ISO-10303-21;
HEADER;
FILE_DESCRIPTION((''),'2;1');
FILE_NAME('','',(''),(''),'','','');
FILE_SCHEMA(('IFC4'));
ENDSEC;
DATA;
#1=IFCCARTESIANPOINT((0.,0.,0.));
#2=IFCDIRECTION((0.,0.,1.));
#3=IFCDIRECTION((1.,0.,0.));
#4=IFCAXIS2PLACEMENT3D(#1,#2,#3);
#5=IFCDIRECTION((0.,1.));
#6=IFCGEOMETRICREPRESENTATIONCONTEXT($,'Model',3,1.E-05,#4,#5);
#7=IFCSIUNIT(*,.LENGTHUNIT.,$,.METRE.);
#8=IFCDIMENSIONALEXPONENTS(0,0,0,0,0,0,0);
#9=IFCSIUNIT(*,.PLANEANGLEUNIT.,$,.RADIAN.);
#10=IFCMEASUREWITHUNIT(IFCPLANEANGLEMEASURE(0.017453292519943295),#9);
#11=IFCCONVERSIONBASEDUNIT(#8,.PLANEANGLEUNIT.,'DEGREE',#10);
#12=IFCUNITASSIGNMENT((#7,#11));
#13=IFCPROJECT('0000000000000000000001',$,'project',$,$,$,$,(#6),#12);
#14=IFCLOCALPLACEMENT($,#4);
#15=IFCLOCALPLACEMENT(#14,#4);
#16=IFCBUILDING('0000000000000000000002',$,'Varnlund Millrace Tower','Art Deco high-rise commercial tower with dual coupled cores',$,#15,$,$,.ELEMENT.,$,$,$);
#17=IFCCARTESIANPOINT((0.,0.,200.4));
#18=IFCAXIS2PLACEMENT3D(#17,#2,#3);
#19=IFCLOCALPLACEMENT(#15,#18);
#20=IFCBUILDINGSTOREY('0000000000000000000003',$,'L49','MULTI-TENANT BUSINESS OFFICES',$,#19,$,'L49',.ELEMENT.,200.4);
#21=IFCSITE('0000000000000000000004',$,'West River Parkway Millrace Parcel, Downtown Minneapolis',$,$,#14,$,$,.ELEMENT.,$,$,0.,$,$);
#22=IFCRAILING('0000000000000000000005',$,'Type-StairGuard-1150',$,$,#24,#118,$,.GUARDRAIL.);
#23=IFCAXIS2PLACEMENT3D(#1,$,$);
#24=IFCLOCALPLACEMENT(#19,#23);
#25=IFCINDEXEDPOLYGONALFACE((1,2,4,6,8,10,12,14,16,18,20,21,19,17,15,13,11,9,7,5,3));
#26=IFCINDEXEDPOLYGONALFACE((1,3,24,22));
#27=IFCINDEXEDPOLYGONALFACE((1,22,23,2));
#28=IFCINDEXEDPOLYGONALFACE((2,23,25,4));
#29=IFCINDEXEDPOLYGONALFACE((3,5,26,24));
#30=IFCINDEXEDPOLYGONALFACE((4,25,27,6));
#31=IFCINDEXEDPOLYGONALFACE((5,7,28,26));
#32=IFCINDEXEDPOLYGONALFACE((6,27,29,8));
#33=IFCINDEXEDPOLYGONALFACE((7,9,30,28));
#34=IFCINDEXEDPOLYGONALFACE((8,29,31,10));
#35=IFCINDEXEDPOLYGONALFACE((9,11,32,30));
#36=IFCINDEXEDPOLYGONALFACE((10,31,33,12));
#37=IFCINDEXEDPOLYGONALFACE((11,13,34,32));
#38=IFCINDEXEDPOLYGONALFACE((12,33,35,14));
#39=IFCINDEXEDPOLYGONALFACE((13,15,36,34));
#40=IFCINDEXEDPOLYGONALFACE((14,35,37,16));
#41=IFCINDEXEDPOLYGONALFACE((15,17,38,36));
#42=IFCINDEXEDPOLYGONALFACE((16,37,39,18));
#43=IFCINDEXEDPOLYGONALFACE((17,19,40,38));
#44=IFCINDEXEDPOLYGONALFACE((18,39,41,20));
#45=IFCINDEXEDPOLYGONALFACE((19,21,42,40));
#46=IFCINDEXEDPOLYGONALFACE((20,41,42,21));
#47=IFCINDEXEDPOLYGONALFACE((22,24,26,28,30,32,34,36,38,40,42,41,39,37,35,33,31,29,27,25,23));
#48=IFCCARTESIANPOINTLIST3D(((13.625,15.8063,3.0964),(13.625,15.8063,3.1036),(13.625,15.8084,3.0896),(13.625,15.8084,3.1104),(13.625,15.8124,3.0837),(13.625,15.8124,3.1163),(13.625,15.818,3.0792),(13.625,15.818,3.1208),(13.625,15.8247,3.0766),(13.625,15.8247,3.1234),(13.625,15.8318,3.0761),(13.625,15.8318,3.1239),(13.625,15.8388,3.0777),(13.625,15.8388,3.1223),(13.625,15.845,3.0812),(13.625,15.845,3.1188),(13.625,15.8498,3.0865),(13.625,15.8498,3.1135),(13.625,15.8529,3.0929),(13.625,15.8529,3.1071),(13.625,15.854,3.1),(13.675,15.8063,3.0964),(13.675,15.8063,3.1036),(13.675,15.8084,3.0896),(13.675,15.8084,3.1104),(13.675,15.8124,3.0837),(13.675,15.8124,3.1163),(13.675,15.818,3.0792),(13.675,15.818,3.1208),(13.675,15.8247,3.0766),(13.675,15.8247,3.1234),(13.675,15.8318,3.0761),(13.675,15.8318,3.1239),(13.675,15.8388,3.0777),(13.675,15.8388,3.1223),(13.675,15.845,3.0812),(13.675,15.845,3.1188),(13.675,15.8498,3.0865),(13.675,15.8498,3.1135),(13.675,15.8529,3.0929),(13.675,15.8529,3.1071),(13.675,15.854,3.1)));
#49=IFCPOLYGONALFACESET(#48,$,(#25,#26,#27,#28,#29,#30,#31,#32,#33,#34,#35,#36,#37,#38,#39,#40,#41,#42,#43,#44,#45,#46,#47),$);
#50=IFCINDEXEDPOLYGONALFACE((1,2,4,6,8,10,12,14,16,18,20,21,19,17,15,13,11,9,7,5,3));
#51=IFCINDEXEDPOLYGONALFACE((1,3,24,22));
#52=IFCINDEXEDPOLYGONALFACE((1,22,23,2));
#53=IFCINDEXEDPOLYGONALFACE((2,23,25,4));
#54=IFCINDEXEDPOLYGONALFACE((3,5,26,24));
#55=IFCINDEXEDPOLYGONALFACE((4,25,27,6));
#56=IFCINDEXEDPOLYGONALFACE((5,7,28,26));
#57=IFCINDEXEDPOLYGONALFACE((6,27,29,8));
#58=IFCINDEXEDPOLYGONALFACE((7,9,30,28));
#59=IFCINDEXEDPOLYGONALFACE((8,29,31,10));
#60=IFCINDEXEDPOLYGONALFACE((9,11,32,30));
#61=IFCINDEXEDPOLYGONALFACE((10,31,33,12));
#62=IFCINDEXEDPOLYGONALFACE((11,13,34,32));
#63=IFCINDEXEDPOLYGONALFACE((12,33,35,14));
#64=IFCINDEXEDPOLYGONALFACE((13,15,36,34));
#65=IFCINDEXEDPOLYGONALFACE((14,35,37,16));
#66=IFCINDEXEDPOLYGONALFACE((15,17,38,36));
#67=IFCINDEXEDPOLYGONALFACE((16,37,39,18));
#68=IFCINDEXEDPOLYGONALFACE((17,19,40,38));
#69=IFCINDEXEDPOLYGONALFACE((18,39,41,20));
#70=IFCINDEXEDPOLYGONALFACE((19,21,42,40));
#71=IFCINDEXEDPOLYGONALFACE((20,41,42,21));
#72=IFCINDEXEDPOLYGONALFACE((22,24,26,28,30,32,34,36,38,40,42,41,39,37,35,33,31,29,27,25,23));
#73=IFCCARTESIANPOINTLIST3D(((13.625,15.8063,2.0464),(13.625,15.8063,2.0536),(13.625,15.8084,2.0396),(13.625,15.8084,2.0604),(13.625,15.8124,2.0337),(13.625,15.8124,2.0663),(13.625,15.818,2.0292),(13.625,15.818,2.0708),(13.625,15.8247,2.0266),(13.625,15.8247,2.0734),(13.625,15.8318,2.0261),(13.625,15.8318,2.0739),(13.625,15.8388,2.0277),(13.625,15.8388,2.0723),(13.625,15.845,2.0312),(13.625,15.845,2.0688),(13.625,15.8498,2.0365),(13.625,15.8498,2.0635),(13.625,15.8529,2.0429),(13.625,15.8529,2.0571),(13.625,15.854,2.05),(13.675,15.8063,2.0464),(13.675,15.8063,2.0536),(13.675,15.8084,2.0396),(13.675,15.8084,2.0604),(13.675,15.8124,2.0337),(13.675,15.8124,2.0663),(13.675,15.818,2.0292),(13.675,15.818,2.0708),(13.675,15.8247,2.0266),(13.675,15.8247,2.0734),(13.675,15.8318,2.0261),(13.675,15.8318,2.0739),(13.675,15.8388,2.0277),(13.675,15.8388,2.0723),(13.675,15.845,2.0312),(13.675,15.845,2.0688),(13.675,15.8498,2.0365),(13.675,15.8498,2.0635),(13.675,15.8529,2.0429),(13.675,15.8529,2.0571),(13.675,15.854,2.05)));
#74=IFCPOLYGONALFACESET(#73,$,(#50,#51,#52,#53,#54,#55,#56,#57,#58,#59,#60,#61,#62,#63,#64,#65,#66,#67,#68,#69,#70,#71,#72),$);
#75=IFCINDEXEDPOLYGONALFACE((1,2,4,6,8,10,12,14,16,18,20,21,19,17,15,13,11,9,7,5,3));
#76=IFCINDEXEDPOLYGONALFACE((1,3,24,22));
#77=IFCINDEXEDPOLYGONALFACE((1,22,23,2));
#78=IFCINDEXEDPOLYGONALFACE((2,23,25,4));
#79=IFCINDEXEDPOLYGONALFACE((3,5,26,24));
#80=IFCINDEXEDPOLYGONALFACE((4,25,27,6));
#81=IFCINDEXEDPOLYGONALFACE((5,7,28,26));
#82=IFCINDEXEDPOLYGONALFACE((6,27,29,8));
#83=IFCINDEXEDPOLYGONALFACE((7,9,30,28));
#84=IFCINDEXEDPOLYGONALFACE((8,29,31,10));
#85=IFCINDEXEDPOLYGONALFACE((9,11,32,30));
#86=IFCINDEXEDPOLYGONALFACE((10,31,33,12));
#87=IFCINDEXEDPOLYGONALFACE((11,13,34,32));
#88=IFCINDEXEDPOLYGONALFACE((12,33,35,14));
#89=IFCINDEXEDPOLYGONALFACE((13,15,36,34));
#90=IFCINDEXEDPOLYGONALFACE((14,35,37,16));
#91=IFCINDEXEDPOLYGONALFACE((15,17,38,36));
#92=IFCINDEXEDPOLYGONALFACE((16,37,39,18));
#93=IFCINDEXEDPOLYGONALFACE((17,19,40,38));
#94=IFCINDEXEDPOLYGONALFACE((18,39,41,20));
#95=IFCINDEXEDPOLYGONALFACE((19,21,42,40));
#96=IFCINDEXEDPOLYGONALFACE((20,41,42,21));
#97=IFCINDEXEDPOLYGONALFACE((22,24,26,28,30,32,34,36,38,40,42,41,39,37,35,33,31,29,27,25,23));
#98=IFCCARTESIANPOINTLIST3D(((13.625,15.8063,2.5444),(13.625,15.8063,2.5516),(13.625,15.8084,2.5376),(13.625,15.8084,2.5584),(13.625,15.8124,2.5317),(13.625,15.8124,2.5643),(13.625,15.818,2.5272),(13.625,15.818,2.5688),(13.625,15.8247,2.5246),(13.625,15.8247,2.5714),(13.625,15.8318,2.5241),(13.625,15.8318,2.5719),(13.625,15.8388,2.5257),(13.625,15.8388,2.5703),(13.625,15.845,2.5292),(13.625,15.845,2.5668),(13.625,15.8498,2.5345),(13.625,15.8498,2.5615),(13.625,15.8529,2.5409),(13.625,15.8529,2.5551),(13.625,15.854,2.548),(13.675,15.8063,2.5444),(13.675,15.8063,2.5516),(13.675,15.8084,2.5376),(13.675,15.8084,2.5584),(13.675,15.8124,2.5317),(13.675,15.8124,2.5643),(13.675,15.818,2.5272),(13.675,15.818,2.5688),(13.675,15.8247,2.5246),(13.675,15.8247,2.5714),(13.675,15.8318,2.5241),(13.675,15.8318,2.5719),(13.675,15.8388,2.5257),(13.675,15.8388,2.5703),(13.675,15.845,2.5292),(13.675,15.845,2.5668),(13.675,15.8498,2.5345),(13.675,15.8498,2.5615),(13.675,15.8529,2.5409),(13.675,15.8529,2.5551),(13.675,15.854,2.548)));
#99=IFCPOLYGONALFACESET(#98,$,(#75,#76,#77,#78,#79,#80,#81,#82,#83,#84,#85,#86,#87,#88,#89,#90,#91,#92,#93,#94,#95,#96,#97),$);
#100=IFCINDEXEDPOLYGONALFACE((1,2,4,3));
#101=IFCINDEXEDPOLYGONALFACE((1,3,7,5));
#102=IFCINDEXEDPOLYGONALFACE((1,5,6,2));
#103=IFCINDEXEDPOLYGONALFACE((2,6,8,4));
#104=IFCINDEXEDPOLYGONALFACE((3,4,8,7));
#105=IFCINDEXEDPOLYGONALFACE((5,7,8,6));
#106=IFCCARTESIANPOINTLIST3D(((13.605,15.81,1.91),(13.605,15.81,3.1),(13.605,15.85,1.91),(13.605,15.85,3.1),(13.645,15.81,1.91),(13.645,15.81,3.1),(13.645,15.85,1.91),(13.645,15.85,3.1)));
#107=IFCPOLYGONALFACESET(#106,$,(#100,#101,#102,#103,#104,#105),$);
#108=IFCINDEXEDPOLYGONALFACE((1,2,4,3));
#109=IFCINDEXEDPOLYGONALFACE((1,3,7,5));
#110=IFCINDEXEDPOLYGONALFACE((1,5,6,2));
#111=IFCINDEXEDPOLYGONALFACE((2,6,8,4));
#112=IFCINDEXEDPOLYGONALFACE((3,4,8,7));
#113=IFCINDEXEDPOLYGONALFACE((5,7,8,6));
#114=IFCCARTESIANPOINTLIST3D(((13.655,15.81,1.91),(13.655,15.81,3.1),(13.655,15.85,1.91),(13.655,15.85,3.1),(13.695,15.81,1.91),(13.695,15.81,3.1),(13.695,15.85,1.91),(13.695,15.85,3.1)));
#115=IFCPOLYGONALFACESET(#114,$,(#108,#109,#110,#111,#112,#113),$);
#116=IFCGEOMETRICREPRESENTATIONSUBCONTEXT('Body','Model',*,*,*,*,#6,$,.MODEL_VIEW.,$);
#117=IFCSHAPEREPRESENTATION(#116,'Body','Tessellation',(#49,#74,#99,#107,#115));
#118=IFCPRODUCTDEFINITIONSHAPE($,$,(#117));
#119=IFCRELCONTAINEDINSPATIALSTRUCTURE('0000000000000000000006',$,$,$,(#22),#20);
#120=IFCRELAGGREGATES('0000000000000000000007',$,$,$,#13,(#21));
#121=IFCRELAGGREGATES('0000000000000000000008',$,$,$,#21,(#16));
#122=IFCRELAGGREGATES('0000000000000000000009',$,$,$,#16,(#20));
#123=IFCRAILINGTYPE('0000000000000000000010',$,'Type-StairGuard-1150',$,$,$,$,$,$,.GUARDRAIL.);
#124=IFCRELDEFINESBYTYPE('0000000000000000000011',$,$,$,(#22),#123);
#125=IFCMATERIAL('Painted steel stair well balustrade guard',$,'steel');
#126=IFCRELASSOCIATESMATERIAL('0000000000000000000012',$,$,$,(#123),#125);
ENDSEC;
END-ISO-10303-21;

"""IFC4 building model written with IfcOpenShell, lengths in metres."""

from ifc_helpers import new_model, entity, si_unit, converted_unit, direction, frame, origin_with_axes, origin_2d_with_axis, place, context, subcontext, project, spatial, rectangle, circle, extrude, material, type_object, element, save


model = new_model("IFC4")

# Units and contexts
model_context = context("Model", 3, precision=1e-05, world=origin_with_axes(), true_north=direction((0.0, 1.0)))
body_context = subcontext(model_context, "Body", "Model", "MODEL_VIEW")
ifc_project = project(units=[si_unit("LENGTHUNIT", "METRE"), converted_unit("PLANEANGLEUNIT", "DEGREE", entity("IfcPlaneAngleMeasure", 0.017453292519943295), si_unit("PLANEANGLEUNIT", "RADIAN"), dimensions=[0, 0, 0, 0, 0, 0, 0])], contexts=[model_context])

# Site, building, storey
site_placement = place(None, origin_with_axes())
site = spatial("IfcSite", under=ifc_project, at=site_placement, Name="West River Parkway Millrace Parcel, Downtown Minneapolis", CompositionType="ELEMENT", RefElevation=0.0)
building_placement = place(site_placement, origin_with_axes())
building = spatial("IfcBuilding", under=site, at=building_placement, Name="Varnlund Millrace Tower", Description="Art Deco high-rise commercial tower with dual coupled cores", CompositionType="ELEMENT")
storey_placement = place(building_placement, frame((0.0, 0.0, 200.4), z_axis=(0.0, 0.0, 1.0), x_axis=(1.0, 0.0, 0.0)))
storey = spatial("IfcBuildingStorey", under=building, at=storey_placement, Name="L49", Description="MULTI-TENANT BUSINESS OFFICES", LongName="L49", CompositionType="ELEMENT", Elevation=200.4)

# Railing
ifc_material_1 = material(Name="Painted steel stair well balustrade guard", Category="steel")
railing_type_1 = type_object("IfcRailingType", Name="Type-StairGuard-1150", PredefinedType="GUARDRAIL", material=ifc_material_1)
railing_1_placement = place(storey_placement, frame((0.0, 0.0, -200.4), z_axis=(0.0, 0.0, 1.0), x_axis=(1.0, 0.0, 0.0)))
element("IfcRailing", 1, at=railing_1_placement, inside=storey, type_object=railing_type_1, Name="Type-StairGuard-1150", PredefinedType="GUARDRAIL", context=body_context, shape_type="SweptSolid", body=[
    extrude(circle(Radius=0.024, at=origin_2d_with_axis()), frame((13.625, 15.83, 203.5), z_axis=(1.0, 0.0, 0.0), x_axis=(0.0, 1.0, 0.0)), (0.0, 0.0, 1.0), 0.05),
    extrude(circle(Radius=0.024, at=origin_2d_with_axis()), frame((13.625, 15.83, 202.45), z_axis=(1.0, 0.0, 0.0), x_axis=(0.0, 1.0, 0.0)), (0.0, 0.0, 1.0), 0.05),
    extrude(circle(Radius=0.024, at=origin_2d_with_axis()), frame((13.625, 15.83, 202.948), z_axis=(1.0, 0.0, 0.0), x_axis=(0.0, 1.0, 0.0)), (0.0, 0.0, 1.0), 0.05),
    extrude(rectangle(XDim=0.04, YDim=0.04, at=origin_2d_with_axis()), frame((13.625, 15.83, 202.31), z_axis=(0.0, 0.0, 1.0), x_axis=(1.0, 0.0, 0.0)), (0.0, 0.0, 1.0), 1.19),
    extrude(rectangle(XDim=0.04, YDim=0.04, at=origin_2d_with_axis()), frame((13.675, 15.83, 202.31), z_axis=(0.0, 0.0, 1.0), x_axis=(1.0, 0.0, 0.0)), (0.0, 0.0, 1.0), 1.19),
])

save(model, "model.ifc")
